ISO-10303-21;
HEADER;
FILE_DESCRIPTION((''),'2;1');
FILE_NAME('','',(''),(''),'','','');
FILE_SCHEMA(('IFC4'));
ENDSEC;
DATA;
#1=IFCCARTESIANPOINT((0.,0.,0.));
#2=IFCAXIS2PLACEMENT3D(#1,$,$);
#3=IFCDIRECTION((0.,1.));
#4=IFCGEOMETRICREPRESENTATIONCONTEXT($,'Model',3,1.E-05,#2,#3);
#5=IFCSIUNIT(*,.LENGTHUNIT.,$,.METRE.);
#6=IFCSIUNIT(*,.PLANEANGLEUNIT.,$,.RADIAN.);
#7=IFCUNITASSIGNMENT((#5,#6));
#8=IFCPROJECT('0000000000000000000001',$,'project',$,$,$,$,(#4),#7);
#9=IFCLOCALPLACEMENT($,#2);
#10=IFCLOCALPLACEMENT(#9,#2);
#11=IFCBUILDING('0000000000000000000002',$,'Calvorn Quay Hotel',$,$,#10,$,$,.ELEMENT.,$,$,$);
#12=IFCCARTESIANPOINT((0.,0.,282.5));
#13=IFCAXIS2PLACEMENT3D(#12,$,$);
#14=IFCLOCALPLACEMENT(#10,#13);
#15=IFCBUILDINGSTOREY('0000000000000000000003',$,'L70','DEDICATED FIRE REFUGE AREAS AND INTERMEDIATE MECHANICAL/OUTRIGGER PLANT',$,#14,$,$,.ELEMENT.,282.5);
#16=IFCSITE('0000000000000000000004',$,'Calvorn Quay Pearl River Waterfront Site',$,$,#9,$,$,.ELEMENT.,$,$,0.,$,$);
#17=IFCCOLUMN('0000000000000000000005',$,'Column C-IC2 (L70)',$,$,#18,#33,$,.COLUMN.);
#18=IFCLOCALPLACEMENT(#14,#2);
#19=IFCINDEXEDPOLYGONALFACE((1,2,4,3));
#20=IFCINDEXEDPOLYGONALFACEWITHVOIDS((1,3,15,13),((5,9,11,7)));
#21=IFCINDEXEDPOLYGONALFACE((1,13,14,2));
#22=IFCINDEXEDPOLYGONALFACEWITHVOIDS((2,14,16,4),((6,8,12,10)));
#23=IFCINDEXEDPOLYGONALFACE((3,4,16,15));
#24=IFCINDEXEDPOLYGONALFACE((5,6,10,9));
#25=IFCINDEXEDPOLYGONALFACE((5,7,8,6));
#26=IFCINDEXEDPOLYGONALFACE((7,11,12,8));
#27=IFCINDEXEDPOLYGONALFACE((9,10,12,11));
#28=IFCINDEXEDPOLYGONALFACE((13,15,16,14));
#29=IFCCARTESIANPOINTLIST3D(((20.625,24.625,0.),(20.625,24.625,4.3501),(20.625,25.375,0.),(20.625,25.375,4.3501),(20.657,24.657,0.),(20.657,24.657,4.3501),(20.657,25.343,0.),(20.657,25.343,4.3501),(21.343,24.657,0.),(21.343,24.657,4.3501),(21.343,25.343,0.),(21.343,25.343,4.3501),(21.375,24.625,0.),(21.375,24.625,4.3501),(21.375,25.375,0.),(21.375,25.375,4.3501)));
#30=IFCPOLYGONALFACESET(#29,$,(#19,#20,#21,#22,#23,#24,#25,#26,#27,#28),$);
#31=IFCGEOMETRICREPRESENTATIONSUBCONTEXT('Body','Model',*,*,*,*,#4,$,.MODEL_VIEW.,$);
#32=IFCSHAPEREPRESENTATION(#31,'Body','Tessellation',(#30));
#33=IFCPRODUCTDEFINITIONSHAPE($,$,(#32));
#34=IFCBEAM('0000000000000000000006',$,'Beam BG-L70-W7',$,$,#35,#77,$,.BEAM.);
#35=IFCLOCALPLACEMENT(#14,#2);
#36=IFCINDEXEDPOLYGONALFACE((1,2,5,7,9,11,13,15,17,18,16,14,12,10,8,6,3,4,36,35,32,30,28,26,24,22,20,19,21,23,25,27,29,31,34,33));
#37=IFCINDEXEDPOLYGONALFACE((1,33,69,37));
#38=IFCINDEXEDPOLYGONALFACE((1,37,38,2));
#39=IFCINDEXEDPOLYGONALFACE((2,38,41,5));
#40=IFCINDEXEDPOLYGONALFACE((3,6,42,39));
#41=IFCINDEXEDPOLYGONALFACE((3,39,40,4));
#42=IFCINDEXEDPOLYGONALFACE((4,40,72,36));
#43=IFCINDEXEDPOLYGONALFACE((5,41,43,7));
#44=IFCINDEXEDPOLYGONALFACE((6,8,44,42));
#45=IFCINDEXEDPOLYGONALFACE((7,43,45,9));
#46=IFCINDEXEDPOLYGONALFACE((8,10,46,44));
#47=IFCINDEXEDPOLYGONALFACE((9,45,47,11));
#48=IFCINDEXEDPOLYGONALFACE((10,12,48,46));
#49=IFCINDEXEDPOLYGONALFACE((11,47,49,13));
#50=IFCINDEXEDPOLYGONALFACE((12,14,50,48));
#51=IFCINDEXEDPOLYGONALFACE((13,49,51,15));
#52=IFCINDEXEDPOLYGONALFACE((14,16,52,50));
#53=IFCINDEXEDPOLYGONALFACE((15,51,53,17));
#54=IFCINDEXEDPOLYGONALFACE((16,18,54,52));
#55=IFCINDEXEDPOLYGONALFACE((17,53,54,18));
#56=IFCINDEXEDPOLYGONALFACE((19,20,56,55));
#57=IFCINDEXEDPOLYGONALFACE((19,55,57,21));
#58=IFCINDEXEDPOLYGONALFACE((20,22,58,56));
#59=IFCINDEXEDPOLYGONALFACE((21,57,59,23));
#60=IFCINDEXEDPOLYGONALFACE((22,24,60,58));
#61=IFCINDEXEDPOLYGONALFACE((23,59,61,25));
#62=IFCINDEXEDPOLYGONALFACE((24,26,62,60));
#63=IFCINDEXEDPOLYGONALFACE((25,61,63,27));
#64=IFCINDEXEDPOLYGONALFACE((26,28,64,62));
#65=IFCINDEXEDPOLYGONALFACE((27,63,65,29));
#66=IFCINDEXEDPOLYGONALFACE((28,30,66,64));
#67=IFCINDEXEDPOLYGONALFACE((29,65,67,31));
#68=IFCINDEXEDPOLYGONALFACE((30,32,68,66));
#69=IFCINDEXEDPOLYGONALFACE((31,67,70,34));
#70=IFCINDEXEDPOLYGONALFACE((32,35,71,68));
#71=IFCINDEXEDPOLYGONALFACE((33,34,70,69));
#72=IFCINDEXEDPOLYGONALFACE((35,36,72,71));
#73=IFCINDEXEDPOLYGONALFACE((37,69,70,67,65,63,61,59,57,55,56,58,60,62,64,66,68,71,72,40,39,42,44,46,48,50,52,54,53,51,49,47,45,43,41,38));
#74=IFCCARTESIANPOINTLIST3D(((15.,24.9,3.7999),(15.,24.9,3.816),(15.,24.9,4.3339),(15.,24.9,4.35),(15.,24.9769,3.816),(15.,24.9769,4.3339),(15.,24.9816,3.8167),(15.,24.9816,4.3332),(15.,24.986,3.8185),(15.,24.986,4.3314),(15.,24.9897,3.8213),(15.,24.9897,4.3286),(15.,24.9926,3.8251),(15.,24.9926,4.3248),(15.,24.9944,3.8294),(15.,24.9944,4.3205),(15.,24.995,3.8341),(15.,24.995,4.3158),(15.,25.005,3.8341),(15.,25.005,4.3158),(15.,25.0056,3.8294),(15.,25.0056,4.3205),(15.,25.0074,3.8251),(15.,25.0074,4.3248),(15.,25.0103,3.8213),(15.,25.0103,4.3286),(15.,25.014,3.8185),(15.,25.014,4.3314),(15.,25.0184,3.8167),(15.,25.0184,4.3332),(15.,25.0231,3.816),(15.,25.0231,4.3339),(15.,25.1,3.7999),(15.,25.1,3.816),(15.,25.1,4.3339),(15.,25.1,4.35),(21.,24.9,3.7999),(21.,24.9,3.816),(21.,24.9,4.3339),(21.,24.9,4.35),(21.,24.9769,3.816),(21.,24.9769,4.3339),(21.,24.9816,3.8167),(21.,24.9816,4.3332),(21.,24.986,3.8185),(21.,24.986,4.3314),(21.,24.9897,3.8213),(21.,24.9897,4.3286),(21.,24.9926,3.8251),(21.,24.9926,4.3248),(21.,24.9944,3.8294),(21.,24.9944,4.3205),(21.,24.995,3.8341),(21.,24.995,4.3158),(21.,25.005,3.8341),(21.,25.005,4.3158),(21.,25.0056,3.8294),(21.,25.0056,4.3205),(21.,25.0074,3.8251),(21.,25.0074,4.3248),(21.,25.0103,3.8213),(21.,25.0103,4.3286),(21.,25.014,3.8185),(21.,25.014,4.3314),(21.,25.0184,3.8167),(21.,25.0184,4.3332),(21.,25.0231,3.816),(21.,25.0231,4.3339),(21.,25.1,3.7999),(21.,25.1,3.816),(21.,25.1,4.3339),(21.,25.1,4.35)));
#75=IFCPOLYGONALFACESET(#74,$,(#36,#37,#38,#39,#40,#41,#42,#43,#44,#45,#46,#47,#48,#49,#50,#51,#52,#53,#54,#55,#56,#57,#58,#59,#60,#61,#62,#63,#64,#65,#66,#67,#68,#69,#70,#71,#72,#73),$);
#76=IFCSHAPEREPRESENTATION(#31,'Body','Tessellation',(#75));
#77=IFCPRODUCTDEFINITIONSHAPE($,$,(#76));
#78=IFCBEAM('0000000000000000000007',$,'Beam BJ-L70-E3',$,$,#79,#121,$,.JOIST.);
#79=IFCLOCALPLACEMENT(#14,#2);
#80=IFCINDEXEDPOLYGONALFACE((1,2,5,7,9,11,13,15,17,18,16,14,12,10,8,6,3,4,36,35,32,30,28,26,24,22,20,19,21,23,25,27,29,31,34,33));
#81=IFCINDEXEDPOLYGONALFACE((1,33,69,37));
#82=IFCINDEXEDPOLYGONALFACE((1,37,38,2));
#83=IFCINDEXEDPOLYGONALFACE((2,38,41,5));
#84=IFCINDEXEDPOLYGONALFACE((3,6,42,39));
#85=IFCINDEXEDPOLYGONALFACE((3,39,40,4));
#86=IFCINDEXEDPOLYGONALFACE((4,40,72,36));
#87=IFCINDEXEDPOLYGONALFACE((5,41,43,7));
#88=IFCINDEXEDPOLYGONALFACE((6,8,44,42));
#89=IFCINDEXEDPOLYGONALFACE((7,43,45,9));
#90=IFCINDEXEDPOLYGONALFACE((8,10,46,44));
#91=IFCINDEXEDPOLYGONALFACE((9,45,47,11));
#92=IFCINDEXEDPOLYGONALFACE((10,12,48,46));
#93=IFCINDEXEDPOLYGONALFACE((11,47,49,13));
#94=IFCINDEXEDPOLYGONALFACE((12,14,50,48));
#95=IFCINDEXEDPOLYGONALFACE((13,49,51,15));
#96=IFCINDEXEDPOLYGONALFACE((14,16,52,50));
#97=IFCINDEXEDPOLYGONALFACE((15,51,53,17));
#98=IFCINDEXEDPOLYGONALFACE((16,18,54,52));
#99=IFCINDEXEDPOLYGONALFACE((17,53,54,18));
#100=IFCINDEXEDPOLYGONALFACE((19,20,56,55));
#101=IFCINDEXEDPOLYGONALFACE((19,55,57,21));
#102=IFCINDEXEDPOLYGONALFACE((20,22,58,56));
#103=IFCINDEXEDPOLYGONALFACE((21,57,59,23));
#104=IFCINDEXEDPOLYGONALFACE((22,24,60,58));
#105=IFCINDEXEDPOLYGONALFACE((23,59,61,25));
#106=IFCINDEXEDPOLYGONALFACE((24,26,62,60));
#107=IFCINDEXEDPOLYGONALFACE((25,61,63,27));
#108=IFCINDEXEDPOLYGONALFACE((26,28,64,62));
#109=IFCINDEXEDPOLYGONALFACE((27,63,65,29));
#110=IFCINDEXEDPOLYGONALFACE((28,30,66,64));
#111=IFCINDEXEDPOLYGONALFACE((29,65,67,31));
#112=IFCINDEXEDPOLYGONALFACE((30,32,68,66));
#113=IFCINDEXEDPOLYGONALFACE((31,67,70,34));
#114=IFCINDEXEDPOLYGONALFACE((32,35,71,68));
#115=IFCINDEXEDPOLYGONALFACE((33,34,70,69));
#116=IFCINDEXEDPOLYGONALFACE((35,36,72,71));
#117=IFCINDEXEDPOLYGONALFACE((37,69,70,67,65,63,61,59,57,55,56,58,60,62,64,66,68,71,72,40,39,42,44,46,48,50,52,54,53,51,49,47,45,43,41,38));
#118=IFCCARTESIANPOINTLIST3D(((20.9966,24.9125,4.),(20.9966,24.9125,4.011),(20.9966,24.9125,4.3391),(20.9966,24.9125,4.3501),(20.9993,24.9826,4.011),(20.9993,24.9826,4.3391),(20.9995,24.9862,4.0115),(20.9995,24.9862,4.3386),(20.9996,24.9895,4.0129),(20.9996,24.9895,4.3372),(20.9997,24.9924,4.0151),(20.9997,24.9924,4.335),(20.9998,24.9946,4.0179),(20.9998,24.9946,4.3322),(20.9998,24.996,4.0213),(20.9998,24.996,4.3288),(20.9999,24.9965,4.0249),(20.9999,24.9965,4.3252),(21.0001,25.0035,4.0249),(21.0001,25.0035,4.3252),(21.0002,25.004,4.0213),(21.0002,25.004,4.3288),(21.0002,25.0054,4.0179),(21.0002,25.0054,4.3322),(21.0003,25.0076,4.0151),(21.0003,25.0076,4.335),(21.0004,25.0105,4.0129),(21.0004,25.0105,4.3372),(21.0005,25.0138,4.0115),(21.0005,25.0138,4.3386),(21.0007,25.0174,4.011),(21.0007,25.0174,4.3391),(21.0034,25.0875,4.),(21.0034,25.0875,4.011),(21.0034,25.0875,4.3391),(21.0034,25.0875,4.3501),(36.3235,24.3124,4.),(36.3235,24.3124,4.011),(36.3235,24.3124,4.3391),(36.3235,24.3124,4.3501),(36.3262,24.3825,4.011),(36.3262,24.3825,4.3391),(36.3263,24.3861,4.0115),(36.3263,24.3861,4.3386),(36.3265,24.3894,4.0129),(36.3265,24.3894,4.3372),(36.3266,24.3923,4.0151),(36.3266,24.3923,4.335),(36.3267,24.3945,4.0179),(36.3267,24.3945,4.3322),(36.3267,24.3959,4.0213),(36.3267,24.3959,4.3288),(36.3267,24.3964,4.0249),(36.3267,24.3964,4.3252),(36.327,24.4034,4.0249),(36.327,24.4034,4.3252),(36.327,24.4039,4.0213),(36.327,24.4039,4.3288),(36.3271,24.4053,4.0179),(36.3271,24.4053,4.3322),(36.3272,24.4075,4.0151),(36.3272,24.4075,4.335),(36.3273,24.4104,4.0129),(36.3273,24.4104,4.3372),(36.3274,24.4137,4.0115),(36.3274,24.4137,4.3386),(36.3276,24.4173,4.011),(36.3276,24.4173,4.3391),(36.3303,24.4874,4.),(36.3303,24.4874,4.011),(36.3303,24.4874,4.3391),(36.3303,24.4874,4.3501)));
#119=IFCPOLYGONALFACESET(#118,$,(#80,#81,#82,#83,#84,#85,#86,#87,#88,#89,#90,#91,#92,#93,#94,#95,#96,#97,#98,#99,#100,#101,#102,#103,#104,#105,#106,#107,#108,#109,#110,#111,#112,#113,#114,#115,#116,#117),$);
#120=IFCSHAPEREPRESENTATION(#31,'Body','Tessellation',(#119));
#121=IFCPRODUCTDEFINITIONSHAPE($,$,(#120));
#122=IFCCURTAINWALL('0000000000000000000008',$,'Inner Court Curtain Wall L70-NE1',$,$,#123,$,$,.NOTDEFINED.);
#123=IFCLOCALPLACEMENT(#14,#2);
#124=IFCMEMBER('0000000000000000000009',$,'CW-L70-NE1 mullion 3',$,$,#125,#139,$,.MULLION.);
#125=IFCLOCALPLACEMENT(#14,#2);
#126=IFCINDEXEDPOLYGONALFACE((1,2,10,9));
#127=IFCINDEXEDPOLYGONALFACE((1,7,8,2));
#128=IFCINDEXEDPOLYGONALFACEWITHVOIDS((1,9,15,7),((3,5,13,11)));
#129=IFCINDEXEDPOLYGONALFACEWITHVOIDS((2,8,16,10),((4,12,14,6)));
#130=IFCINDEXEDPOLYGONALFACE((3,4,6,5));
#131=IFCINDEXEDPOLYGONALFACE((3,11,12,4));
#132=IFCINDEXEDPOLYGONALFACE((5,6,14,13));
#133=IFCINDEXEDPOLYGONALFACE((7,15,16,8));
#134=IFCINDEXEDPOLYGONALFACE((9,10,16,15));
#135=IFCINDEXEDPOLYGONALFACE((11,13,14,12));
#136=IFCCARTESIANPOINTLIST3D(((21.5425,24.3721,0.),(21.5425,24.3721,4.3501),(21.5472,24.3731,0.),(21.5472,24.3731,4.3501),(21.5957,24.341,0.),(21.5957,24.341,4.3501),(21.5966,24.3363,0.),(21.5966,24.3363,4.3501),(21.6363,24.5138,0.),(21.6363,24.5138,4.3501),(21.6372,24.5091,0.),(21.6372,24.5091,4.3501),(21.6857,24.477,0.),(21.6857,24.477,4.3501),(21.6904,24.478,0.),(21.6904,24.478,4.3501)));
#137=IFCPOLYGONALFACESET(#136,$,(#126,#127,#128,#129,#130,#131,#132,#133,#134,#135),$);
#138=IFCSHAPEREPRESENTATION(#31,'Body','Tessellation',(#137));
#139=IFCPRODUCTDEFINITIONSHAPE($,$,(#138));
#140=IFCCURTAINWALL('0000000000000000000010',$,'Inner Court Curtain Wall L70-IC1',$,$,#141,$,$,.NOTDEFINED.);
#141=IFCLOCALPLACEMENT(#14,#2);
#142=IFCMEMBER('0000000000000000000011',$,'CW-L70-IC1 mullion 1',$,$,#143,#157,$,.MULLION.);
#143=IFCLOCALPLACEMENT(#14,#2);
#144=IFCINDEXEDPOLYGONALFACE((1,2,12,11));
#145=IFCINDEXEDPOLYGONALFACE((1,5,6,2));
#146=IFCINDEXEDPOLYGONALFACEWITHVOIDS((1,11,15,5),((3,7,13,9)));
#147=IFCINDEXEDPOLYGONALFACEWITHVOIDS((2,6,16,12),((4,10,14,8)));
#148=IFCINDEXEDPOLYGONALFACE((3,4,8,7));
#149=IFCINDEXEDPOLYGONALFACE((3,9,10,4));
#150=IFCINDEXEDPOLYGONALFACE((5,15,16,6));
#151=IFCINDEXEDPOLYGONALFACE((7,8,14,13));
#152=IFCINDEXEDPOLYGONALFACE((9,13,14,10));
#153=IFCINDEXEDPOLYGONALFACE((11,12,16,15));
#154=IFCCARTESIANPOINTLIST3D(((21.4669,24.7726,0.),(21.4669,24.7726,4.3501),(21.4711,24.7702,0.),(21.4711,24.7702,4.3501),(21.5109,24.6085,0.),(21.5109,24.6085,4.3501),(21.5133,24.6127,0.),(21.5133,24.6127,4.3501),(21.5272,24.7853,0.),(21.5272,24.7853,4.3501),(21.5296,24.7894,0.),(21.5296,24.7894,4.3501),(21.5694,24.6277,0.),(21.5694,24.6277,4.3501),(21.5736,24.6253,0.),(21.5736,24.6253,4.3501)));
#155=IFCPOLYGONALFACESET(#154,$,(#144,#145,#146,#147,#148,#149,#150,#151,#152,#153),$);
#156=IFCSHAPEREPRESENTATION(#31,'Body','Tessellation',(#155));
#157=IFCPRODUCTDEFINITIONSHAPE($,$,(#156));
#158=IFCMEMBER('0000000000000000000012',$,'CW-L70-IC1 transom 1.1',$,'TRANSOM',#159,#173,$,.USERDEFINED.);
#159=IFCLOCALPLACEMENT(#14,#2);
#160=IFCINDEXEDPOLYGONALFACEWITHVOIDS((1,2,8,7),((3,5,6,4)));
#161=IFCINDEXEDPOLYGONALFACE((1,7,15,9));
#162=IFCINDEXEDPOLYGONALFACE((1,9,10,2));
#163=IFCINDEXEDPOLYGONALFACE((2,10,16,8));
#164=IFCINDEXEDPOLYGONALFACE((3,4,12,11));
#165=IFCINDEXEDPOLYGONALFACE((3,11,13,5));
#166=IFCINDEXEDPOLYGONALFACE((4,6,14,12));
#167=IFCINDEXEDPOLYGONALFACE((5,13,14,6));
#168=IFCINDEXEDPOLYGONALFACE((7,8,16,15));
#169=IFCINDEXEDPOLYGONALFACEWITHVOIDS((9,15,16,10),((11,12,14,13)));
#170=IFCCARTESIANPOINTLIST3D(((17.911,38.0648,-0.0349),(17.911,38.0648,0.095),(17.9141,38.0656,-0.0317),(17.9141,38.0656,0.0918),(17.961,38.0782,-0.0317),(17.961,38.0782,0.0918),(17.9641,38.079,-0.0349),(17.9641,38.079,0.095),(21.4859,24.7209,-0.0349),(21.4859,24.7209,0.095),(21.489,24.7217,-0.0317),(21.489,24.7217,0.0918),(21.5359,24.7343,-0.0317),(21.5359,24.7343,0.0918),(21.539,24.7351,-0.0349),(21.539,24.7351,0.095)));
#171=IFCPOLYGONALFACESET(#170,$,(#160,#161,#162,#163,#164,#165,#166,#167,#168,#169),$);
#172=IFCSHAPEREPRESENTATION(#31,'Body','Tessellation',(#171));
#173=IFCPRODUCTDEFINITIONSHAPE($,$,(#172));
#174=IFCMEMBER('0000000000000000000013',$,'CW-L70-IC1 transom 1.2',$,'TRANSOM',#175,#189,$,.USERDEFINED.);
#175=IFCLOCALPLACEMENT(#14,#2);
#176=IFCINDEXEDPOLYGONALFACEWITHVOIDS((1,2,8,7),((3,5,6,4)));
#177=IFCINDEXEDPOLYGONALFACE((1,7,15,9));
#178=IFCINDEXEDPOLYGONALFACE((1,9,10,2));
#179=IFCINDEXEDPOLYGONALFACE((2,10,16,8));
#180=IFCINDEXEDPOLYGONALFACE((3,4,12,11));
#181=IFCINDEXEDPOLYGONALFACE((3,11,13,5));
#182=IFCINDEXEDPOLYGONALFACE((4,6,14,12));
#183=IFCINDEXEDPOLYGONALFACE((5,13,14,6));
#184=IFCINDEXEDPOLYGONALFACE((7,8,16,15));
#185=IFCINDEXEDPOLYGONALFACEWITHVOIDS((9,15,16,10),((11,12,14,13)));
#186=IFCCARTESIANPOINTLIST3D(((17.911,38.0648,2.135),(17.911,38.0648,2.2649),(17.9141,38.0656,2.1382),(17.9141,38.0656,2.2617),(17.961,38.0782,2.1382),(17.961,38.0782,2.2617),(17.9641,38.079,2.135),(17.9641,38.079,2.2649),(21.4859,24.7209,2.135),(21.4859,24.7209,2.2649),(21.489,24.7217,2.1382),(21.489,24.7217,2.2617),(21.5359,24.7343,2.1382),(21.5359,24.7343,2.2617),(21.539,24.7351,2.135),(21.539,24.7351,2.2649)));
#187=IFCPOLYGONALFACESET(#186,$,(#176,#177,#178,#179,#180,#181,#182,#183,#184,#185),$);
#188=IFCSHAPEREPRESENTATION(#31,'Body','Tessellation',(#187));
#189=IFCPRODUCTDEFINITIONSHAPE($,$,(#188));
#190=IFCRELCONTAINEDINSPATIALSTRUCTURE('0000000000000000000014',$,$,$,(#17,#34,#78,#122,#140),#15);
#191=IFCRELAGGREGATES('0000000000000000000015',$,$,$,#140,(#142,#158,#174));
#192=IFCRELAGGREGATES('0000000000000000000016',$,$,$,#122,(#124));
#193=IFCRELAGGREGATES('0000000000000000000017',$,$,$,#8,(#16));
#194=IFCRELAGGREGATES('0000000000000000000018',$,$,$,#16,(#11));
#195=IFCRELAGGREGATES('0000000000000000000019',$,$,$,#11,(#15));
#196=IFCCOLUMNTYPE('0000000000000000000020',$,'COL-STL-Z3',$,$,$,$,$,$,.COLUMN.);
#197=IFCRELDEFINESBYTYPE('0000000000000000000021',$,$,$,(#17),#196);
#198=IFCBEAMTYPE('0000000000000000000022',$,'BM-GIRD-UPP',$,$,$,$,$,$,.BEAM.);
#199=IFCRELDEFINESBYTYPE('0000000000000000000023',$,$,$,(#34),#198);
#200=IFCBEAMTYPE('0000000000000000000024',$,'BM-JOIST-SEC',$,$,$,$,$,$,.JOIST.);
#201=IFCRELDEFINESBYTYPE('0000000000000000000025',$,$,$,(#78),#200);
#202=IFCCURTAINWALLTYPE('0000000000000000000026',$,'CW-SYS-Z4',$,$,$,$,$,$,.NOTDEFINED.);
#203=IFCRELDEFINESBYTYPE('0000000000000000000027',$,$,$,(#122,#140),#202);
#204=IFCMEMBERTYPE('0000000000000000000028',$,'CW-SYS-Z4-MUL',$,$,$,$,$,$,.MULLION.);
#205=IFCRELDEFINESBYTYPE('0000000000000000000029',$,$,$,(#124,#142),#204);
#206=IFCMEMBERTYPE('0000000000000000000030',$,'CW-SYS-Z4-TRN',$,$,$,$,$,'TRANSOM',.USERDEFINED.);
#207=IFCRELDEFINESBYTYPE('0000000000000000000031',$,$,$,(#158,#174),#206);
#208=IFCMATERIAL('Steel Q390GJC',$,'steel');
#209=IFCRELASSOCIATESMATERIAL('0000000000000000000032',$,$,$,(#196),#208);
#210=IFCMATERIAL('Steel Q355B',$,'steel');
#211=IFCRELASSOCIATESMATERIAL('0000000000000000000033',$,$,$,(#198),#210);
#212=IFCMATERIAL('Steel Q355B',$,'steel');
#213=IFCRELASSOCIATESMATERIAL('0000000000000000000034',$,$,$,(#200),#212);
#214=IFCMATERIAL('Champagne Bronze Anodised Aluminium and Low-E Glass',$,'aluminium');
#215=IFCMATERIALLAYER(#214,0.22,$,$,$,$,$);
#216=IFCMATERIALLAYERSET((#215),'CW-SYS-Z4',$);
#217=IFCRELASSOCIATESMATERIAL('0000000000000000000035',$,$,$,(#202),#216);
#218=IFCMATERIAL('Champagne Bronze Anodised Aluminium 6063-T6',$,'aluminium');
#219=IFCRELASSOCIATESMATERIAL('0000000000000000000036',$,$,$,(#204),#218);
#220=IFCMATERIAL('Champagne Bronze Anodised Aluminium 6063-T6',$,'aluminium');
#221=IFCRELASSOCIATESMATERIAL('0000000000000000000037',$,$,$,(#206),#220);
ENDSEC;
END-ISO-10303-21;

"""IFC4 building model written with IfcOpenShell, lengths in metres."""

from ifc_helpers import new_model, si_unit, direction, frame, origin, origin_2d, place, context, subcontext, project, spatial, hollow_rectangle, i_section, extrude, material, layer, layer_set, material_profile, profile_set, type_object, element, aggregate, save


model = new_model("IFC4")

# Units and contexts
model_context = context("Model", 3, precision=1e-05, world=origin(), true_north=direction((0.0, 1.0)))
body_context = subcontext(model_context, "Body", "Model", "MODEL_VIEW")
ifc_project = project(units=[si_unit("LENGTHUNIT", "METRE"), si_unit("PLANEANGLEUNIT", "RADIAN")], contexts=[model_context])

# Site, building, storey
site_placement = place(None, origin())
site = spatial("IfcSite", under=ifc_project, at=site_placement, Name="Calvorn Quay Pearl River Waterfront Site", CompositionType="ELEMENT", RefElevation=0.0)
building_placement = place(site_placement, origin())
building = spatial("IfcBuilding", under=site, at=building_placement, Name="Calvorn Quay Hotel", CompositionType="ELEMENT")
storey_placement = place(building_placement, frame((0.0, 0.0, 282.5)))
storey = spatial("IfcBuildingStorey", under=building, at=storey_placement, Name="L70", Description="DEDICATED FIRE REFUGE AREAS AND INTERMEDIATE MECHANICAL/OUTRIGGER PLANT", CompositionType="ELEMENT", Elevation=282.5)

# Column
ifc_material_1 = material(Name="Steel Q390GJC", Category="steel")
ifc_material_profile_1 = material_profile(ifc_material_1, hollow_rectangle(XDim=0.75, YDim=0.75, WallThickness=0.032, at=origin_2d()), Name="BOX750x750x32")
ifc_profile_set_1 = profile_set([ifc_material_profile_1], Name="Steel Q390GJC")
column_type = type_object("IfcColumnType", Name="COL-STL-Z3", PredefinedType="COLUMN", material=ifc_profile_set_1)
column_placement = place(storey_placement, frame((21.0, 25.0, 0.0), z_axis=(0.0, 0.0, 1.0), x_axis=(1.0, 0.0, 0.0)))
element("IfcColumn", 1, at=column_placement, inside=storey, type_object=column_type, Name="Column C-IC2 (L70)", PredefinedType="COLUMN", context=body_context, shape_type="SweptSolid", body=[
    extrude(hollow_rectangle(XDim=0.75, YDim=0.75, WallThickness=0.032, at=origin_2d()), origin(), (0.0, 0.0, 1.0), 4.3501),
])

# Beams
ifc_material_2 = material(Name="Steel Q355B", Category="steel")
ifc_material_profile_2 = material_profile(ifc_material_2, i_section(OverallWidth=0.2, OverallDepth=0.55, WebThickness=0.01, FlangeThickness=0.0161, FilletRadius=0.0181, at=origin_2d()), Name="HN550x200x10x16")
ifc_profile_set_2 = profile_set([ifc_material_profile_2], Name="Steel Q355B")
beam_type_1 = type_object("IfcBeamType", Name="BM-GIRD-UPP", PredefinedType="BEAM", material=ifc_profile_set_2)
beam_1_placement = place(storey_placement, frame((21.0, 25.0, 4.075), z_axis=(-1.0, 0.0, 0.0), x_axis=(0.0, -1.0, 0.0)))
element("IfcBeam", 2, at=beam_1_placement, inside=storey, type_object=beam_type_1, Name="Beam BG-L70-W7", PredefinedType="BEAM", context=body_context, shape_type="SweptSolid", body=[
    extrude(i_section(OverallWidth=0.2, OverallDepth=0.55, WebThickness=0.01, FlangeThickness=0.0161, FilletRadius=0.0181, at=origin_2d()), origin(), (0.0, 0.0, 1.0), 6.0),
])
ifc_material_3 = material(Name="Steel Q355B", Category="steel")
ifc_material_profile_3 = material_profile(ifc_material_3, i_section(OverallWidth=0.175, OverallDepth=0.3501, WebThickness=0.0071, FlangeThickness=0.011, FilletRadius=0.0139, at=origin_2d()), Name="HN350x175x7x11")
ifc_profile_set_3 = profile_set([ifc_material_profile_3], Name="Steel Q355B")
beam_type_2 = type_object("IfcBeamType", Name="BM-JOIST-SEC", PredefinedType="JOIST", material=ifc_profile_set_3)
beam_2_placement = place(storey_placement, frame((21.0, 25.0, 4.175), z_axis=(0.999234, -0.039123, 0.0), x_axis=(0.039123, 0.999234, 0.0)))
element("IfcBeam", 3, at=beam_2_placement, inside=storey, type_object=beam_type_2, Name="Beam BJ-L70-E3", PredefinedType="JOIST", context=body_context, shape_type="SweptSolid", body=[
    extrude(i_section(OverallWidth=0.175, OverallDepth=0.3501, WebThickness=0.0071, FlangeThickness=0.011, FilletRadius=0.0139, at=origin_2d()), origin(), (0.0, 0.0, 1.0), 15.3386),
])

# Curtain wall, member
ifc_material_4 = material(Name="Champagne Bronze Anodised Aluminium and Low-E Glass", Category="aluminium")
ifc_layer_1 = layer(ifc_material_4, 0.22)
ifc_layer_set_1 = layer_set([ifc_layer_1], Name="CW-SYS-Z4")
curtain_wall_type = type_object("IfcCurtainWallType", Name="CW-SYS-Z4", PredefinedType="NOTDEFINED", material=ifc_layer_set_1)
curtain_wall_1_placement = place(storey_placement, origin())
curtain_wall_1 = element("IfcCurtainWall", 4, at=curtain_wall_1_placement, inside=storey, type_object=curtain_wall_type, Name="Inner Court Curtain Wall L70-NE1", PredefinedType="NOTDEFINED")
ifc_material_5 = material(Name="Champagne Bronze Anodised Aluminium 6063-T6", Category="aluminium")
ifc_material_profile_4 = material_profile(ifc_material_5, hollow_rectangle(XDim=0.0649, YDim=0.1699, WallThickness=0.0034, at=origin_2d()), Name="ALU-M170x65x3.5")
ifc_profile_set_4 = profile_set([ifc_material_profile_4], Name="Champagne Bronze Anodised Aluminium 6063-T6")
member_type_1 = type_object("IfcMemberType", Name="CW-SYS-Z4-MUL", PredefinedType="MULLION", material=ifc_profile_set_4)
member_1_placement = place(storey_placement, frame((21.6165, 24.425, 0.0), z_axis=(0.0, 0.0, 1.0), x_axis=(0.833932, -0.551867, 0.0)))
member_1 = element("IfcMember", 5, at=member_1_placement, type_object=member_type_1, Name="CW-L70-NE1 mullion 3", PredefinedType="MULLION", context=body_context, shape_type="SweptSolid", body=[
    extrude(hollow_rectangle(XDim=0.0649, YDim=0.1699, WallThickness=0.0034, at=origin_2d()), origin(), (0.0, 0.0, 1.0), 4.3501),
])

# Curtain wall, members
curtain_wall_2_placement = place(storey_placement, origin())
curtain_wall_2 = element("IfcCurtainWall", 6, at=curtain_wall_2_placement, inside=storey, type_object=curtain_wall_type, Name="Inner Court Curtain Wall L70-IC1", PredefinedType="NOTDEFINED")
member_2_placement = place(storey_placement, frame((21.5203, 24.699, 0.0), z_axis=(0.0, 0.0, 1.0), x_axis=(-0.965937, -0.258779, 0.0)))
member_2 = element("IfcMember", 7, at=member_2_placement, type_object=member_type_1, Name="CW-L70-IC1 mullion 1", PredefinedType="MULLION", context=body_context, shape_type="SweptSolid", body=[
    extrude(hollow_rectangle(XDim=0.0649, YDim=0.1699, WallThickness=0.0034, at=origin_2d()), origin(), (0.0, 0.0, 1.0), 4.3501),
])
ifc_material_6 = material(Name="Champagne Bronze Anodised Aluminium 6063-T6", Category="aluminium")
ifc_material_profile_5 = material_profile(ifc_material_6, hollow_rectangle(XDim=0.0549, YDim=0.1299, WallThickness=0.0032, at=origin_2d()), Name="ALU-T130x55x3.2")
ifc_profile_set_5 = profile_set([ifc_material_profile_5], Name="Champagne Bronze Anodised Aluminium 6063-T6")
member_type_2 = type_object("IfcMemberType", Name="CW-SYS-Z4-TRN", ElementType="TRANSOM", PredefinedType="USERDEFINED", material=ifc_profile_set_5)
member_3_placement = place(storey_placement, frame((21.5125, 24.728, 0.03), z_axis=(-0.258781, 0.965936, 0.0), x_axis=(-0.965936, -0.258781, 0.0)))
member_3 = element("IfcMember", 8, at=member_3_placement, type_object=member_type_2, Name="CW-L70-IC1 transom 1.1", ObjectType="TRANSOM", PredefinedType="USERDEFINED", context=body_context, shape_type="SweptSolid", body=[
    extrude(hollow_rectangle(XDim=0.0549, YDim=0.1299, WallThickness=0.0032, at=origin_2d()), origin(), (0.0, 0.0, 1.0), 13.8145),
])
member_4_placement = place(storey_placement, frame((21.5125, 24.728, 2.2), z_axis=(-0.258781, 0.965936, 0.0), x_axis=(-0.965936, -0.258781, 0.0)))
member_4 = element("IfcMember", 9, at=member_4_placement, type_object=member_type_2, Name="CW-L70-IC1 transom 1.2", ObjectType="TRANSOM", PredefinedType="USERDEFINED", context=body_context, shape_type="SweptSolid", body=[
    extrude(hollow_rectangle(XDim=0.0549, YDim=0.1299, WallThickness=0.0032, at=origin_2d()), origin(), (0.0, 0.0, 1.0), 13.8145),
])
aggregate(curtain_wall_2, [member_2, member_3, member_4])

aggregate(curtain_wall_1, [member_1])

save(model, "model.ifc")
